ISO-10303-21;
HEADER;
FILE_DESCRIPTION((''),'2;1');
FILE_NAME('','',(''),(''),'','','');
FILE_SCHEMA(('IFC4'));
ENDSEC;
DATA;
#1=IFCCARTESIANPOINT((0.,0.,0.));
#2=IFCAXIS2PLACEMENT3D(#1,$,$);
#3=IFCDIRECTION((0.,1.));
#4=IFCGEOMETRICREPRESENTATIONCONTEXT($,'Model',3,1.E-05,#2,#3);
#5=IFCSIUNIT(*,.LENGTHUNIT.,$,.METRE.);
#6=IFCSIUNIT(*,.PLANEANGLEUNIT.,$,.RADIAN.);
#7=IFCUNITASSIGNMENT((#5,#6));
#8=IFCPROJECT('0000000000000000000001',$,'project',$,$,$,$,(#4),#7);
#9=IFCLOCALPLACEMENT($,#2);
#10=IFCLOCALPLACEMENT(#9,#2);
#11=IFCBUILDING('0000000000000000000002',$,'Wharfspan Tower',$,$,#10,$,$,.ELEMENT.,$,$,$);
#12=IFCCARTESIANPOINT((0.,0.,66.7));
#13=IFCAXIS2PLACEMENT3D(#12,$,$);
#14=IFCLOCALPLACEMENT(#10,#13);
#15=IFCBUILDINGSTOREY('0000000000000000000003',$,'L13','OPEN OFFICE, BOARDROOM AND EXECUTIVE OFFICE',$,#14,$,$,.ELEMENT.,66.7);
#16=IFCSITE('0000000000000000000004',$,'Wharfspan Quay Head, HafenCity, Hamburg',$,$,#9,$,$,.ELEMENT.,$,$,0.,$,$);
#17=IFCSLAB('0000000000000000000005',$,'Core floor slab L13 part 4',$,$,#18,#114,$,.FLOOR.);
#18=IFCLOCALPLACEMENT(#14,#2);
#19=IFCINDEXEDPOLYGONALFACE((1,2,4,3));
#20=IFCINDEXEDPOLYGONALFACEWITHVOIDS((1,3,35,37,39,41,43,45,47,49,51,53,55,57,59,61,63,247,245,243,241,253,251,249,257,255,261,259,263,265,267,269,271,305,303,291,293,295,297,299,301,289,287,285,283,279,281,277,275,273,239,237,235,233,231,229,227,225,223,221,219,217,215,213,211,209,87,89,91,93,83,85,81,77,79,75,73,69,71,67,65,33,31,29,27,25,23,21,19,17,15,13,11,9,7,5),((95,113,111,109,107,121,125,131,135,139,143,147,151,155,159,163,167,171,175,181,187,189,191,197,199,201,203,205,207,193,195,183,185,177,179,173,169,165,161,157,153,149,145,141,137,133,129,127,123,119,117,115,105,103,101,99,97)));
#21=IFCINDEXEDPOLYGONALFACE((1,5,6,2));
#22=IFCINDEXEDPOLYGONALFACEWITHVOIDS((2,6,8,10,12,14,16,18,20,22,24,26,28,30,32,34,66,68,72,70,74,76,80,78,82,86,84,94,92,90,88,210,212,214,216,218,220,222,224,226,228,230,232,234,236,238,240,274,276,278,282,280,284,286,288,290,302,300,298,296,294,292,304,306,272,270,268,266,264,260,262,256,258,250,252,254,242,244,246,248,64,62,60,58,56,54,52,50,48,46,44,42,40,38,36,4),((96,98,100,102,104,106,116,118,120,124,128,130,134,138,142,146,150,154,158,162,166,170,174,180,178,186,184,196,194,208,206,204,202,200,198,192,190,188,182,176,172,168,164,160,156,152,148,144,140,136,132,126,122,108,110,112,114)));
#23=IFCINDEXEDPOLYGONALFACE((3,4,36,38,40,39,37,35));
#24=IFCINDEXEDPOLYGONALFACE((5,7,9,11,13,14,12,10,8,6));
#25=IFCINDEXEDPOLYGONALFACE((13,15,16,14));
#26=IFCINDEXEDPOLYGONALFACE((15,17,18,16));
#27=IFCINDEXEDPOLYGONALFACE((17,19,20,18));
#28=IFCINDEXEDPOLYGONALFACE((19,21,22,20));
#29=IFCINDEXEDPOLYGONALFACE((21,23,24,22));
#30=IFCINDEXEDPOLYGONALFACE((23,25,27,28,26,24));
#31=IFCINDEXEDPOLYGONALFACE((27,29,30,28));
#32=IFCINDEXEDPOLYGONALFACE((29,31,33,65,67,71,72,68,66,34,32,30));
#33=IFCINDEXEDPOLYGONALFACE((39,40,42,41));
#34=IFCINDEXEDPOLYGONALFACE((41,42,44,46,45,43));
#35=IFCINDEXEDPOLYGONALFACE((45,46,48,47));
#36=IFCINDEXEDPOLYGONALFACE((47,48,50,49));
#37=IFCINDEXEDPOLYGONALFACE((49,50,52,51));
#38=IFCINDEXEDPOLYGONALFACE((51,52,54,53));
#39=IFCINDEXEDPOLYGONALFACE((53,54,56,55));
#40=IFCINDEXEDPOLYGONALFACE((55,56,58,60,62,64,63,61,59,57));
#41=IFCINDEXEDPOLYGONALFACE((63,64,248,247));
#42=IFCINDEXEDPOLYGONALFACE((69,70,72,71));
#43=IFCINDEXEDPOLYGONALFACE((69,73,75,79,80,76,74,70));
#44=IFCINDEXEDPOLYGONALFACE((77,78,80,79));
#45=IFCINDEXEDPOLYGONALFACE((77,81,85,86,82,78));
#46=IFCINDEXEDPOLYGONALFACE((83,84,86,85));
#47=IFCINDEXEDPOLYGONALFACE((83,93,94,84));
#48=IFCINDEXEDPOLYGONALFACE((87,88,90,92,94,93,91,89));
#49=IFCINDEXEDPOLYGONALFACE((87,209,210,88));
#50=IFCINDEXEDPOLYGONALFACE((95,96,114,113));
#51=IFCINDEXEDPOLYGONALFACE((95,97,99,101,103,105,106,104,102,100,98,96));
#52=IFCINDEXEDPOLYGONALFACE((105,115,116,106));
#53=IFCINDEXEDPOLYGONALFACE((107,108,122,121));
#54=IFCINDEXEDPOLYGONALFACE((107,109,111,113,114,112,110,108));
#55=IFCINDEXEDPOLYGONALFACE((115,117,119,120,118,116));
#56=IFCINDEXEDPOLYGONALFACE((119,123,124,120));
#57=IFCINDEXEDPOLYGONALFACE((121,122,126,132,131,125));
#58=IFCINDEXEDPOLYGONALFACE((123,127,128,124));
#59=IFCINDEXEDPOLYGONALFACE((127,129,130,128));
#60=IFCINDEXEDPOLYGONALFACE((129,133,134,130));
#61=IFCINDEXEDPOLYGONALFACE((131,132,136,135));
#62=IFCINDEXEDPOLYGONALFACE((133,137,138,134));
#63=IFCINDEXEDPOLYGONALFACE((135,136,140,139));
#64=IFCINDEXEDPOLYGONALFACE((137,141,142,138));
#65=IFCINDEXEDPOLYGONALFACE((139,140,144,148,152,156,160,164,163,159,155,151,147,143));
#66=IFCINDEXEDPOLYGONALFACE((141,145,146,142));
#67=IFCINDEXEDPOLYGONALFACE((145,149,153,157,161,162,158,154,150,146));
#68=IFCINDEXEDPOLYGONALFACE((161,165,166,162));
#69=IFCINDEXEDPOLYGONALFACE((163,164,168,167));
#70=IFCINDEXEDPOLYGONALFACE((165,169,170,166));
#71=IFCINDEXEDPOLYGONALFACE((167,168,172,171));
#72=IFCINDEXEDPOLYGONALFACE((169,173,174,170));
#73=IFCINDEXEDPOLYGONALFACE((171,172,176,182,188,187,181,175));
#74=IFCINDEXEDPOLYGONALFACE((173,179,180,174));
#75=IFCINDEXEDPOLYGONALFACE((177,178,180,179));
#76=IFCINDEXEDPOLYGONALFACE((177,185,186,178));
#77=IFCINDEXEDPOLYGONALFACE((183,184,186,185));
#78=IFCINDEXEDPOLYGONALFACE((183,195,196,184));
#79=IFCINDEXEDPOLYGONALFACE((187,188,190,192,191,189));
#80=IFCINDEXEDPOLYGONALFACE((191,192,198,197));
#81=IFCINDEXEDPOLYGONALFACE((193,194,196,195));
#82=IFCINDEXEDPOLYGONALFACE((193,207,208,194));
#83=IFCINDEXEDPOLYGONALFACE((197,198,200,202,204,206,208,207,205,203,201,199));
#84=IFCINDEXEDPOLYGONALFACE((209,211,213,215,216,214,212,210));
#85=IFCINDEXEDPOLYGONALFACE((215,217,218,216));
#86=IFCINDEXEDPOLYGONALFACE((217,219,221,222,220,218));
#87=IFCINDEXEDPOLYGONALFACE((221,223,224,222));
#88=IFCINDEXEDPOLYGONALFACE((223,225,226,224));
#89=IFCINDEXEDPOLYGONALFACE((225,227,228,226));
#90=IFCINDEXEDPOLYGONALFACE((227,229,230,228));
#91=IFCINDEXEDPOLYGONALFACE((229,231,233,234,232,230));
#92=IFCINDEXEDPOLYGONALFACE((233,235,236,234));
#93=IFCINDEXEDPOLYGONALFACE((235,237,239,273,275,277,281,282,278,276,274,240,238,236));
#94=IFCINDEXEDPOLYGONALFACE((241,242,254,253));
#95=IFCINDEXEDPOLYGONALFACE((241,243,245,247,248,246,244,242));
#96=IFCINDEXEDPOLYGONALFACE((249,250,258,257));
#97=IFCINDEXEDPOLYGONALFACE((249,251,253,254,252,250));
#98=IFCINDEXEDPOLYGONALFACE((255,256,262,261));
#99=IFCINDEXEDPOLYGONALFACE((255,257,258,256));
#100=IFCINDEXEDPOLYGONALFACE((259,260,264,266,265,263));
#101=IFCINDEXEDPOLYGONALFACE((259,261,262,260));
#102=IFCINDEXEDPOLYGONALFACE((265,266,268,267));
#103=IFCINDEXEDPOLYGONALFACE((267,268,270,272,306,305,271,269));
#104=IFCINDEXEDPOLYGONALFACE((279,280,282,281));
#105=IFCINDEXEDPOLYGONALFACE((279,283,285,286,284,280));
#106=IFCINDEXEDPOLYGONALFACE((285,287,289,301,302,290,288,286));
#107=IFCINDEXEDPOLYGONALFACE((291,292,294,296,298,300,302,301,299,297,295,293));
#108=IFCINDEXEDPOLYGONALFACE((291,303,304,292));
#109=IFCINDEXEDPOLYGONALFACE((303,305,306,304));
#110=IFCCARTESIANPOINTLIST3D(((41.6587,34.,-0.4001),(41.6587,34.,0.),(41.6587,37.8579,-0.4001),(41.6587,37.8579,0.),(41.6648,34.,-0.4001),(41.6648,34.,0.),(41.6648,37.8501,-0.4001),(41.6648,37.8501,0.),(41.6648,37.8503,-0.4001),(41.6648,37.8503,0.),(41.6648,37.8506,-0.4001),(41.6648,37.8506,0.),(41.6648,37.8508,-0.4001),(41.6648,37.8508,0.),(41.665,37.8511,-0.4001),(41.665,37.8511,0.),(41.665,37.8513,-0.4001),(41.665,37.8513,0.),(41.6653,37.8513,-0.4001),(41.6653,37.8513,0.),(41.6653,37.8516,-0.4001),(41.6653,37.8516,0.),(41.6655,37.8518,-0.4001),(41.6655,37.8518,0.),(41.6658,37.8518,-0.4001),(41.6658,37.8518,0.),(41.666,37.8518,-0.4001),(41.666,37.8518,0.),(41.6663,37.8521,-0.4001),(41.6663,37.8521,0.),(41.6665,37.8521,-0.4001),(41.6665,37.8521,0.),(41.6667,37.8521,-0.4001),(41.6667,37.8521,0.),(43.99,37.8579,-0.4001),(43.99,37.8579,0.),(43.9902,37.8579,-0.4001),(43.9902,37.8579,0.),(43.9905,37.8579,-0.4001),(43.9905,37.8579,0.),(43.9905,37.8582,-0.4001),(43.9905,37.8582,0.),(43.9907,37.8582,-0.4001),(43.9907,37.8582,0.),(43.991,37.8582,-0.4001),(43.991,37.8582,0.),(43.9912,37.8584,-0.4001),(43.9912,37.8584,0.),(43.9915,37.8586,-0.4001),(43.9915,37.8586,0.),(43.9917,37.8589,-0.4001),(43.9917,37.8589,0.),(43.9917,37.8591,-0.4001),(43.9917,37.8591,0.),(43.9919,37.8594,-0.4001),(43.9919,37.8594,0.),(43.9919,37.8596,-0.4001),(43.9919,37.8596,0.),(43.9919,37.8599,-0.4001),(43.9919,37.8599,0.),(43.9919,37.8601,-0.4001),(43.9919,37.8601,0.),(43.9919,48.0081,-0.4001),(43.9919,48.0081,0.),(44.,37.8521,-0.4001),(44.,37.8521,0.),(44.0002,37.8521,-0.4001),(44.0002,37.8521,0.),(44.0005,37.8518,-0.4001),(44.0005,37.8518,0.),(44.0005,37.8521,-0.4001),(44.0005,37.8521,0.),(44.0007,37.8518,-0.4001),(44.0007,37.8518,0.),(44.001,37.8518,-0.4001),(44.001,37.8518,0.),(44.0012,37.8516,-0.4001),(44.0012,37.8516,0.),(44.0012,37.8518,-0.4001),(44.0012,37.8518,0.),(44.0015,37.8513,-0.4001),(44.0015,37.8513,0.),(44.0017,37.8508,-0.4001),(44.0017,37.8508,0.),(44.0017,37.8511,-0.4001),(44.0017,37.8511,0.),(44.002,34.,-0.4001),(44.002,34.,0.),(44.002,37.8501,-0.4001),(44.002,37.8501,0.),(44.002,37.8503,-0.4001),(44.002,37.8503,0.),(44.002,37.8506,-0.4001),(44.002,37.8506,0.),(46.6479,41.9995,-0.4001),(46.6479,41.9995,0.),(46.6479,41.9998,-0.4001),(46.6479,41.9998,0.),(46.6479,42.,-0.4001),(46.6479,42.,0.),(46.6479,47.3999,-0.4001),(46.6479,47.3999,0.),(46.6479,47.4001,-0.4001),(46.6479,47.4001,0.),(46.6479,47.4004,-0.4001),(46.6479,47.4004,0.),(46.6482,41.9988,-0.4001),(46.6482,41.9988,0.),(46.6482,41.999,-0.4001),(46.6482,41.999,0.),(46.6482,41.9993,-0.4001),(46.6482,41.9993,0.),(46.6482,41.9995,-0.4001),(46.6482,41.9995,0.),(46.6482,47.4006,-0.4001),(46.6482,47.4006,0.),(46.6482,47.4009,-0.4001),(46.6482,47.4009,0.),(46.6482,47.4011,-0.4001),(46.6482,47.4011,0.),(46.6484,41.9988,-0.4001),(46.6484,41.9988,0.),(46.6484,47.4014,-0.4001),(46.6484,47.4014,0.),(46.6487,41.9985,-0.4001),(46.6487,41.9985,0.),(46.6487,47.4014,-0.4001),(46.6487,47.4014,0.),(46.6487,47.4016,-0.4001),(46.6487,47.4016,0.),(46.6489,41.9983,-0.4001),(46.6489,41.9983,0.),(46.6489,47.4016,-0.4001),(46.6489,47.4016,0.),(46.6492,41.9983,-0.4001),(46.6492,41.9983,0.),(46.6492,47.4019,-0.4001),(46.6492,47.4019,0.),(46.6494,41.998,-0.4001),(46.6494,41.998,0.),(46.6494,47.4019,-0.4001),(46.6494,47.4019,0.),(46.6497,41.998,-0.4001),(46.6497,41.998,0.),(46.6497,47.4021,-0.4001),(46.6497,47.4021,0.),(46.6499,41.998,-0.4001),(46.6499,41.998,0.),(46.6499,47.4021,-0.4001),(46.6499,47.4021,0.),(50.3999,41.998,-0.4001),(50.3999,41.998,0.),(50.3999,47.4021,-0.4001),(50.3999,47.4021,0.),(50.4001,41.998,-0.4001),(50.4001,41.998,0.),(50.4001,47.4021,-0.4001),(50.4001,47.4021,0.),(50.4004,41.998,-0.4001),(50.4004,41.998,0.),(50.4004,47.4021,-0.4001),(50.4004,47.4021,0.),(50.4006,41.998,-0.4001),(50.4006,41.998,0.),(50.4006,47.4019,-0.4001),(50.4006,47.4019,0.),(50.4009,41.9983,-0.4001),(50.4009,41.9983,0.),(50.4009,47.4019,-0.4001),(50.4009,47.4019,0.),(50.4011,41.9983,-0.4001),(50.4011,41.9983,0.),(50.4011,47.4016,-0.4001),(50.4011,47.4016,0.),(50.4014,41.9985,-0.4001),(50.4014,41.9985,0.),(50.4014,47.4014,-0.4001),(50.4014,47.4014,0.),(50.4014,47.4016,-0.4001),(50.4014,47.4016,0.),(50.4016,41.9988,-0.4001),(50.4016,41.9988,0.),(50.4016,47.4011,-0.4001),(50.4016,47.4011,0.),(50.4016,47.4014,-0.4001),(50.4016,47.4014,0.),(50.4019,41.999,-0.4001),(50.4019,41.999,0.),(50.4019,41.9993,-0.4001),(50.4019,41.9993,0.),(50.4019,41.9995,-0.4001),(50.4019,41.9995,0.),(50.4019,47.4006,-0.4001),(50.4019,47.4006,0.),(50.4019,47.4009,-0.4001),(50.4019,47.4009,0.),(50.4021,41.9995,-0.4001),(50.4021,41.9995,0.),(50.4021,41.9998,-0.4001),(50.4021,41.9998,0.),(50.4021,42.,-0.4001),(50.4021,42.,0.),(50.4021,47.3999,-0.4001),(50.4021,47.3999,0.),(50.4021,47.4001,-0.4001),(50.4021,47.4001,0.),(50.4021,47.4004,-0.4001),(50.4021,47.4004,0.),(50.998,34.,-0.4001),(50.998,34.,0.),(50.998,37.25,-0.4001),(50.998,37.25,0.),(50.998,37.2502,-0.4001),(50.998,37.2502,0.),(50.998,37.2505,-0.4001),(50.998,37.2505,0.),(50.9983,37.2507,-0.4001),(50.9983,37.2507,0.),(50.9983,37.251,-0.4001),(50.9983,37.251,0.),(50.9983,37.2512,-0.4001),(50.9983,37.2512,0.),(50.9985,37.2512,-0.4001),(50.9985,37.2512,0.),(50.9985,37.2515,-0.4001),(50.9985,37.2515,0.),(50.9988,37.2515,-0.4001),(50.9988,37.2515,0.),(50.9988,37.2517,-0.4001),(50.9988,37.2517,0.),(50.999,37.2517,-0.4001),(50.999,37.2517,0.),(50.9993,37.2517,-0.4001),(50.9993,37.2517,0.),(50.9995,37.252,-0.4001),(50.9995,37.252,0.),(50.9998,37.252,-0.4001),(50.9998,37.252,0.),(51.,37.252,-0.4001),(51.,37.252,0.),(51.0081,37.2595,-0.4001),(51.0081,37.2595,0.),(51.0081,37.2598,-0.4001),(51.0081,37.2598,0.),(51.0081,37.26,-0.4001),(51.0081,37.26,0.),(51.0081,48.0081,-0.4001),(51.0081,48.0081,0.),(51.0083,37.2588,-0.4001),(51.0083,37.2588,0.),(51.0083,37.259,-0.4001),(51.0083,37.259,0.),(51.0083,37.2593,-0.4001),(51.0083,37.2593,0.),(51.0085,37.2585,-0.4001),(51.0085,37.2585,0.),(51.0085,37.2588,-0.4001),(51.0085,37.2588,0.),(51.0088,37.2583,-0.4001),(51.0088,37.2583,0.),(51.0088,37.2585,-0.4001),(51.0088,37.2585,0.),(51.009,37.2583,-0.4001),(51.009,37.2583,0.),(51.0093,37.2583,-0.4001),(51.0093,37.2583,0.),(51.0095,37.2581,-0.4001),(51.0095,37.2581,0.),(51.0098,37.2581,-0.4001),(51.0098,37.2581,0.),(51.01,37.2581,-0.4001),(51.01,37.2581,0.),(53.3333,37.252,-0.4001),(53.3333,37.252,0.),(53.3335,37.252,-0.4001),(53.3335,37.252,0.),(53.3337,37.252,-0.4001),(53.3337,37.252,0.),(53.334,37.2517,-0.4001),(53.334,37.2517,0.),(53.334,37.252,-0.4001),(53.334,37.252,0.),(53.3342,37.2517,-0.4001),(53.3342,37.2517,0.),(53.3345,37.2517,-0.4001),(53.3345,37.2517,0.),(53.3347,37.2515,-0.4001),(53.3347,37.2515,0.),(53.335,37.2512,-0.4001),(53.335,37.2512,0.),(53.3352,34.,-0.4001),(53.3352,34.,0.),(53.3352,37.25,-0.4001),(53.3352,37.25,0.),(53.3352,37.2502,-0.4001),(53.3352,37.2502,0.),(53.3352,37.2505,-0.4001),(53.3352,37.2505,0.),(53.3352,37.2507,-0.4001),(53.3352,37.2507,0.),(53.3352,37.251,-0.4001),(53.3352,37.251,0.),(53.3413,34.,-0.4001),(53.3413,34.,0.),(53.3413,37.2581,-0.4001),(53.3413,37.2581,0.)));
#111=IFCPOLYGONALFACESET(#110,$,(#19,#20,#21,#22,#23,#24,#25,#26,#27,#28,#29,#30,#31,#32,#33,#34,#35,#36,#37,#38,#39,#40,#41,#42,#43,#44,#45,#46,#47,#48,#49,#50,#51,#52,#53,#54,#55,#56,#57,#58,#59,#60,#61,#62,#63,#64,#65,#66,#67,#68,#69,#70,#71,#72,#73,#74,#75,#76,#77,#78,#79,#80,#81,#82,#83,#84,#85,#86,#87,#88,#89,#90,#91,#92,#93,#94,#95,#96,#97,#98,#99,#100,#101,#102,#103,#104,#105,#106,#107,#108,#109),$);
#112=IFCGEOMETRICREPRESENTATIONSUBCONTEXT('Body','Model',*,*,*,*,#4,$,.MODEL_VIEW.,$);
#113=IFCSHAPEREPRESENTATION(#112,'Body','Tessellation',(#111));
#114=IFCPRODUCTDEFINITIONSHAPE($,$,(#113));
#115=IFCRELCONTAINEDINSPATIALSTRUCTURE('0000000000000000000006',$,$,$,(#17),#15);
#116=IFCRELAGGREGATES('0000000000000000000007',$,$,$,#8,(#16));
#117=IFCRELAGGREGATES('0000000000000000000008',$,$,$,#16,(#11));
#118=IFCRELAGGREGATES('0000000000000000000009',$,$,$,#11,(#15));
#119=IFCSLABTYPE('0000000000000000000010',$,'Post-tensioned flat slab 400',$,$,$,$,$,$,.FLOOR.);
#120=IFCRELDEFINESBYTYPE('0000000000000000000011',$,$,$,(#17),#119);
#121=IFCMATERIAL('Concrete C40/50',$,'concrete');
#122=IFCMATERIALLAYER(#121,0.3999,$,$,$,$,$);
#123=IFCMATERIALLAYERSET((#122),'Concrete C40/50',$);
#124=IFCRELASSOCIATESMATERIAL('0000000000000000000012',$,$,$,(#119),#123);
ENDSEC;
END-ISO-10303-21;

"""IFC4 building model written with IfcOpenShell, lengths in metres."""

from ifc_helpers import new_model, si_unit, direction, frame, origin, place, context, subcontext, project, spatial, polyline, outline, extrude, material, layer, layer_set, type_object, element, save


model = new_model("IFC4")

# Units and contexts
model_context = context("Model", 3, precision=1e-05, world=origin(), true_north=direction((0.0, 1.0)))
body_context = subcontext(model_context, "Body", "Model", "MODEL_VIEW")
ifc_project = project(units=[si_unit("LENGTHUNIT", "METRE"), si_unit("PLANEANGLEUNIT", "RADIAN")], contexts=[model_context])

# Site, building, storey
site_placement = place(None, origin())
site = spatial("IfcSite", under=ifc_project, at=site_placement, Name="Wharfspan Quay Head, HafenCity, Hamburg", CompositionType="ELEMENT", RefElevation=0.0)
building_placement = place(site_placement, origin())
building = spatial("IfcBuilding", under=site, at=building_placement, Name="Wharfspan Tower", CompositionType="ELEMENT")
storey_placement = place(building_placement, frame((0.0, 0.0, 66.7)))
storey = spatial("IfcBuildingStorey", under=building, at=storey_placement, Name="L13", Description="OPEN OFFICE, BOARDROOM AND EXECUTIVE OFFICE", CompositionType="ELEMENT", Elevation=66.7)

# Slab
ifc_material_1 = material(Name="Concrete C40/50", Category="concrete")
ifc_layer_1 = layer(ifc_material_1, 0.3999)
ifc_layer_set_1 = layer_set([ifc_layer_1], Name="Concrete C40/50")
slab_type_1 = type_object("IfcSlabType", Name="Post-tensioned flat slab 400", PredefinedType="FLOOR", material=ifc_layer_set_1)
slab_1_placement = place(storey_placement, frame((0.0, 0.0, -0.4001)))
element("IfcSlab", 1, at=slab_1_placement, inside=storey, type_object=slab_type_1, Name="Core floor slab L13 part 4", PredefinedType="FLOOR", context=body_context, shape_type="SweptSolid", body=[
    extrude(outline(polyline([(53.3413, 34.0), (53.3413, 37.2581), (51.01, 37.2581), (51.0098, 37.2581), (51.0095, 37.2581), (51.0095, 37.2581), (51.0093, 37.2583), (51.009, 37.2583), (51.0088, 37.2583), (51.0088, 37.2585), (51.0085, 37.2585), (51.0085, 37.2588), (51.0083, 37.2588), (51.0083, 37.259), (51.0083, 37.2593), (51.0081, 37.2595), (51.0081, 37.2595), (51.0081, 37.2598), (51.0081, 37.26), (51.0081, 48.0081), (43.9919, 48.0081), (43.9919, 37.8601), (43.9919, 37.8599), (43.9919, 37.8596), (43.9919, 37.8594), (43.9917, 37.8591), (43.9917, 37.8591), (43.9917, 37.8589), (43.9915, 37.8586), (43.9915, 37.8586), (43.9912, 37.8584), (43.9912, 37.8584), (43.991, 37.8582), (43.9907, 37.8582), (43.9905, 37.8582), (43.9905, 37.8579), (43.9902, 37.8579), (43.99, 37.8579), (41.6587, 37.8579), (41.6587, 34.0), (41.6648, 34.0), (41.6648, 37.8501), (41.6648, 37.8501), (41.6648, 37.8503), (41.6648, 37.8506), (41.6648, 37.8508), (41.6648, 37.8508), (41.665, 37.8511), (41.665, 37.8513), (41.6653, 37.8513), (41.6653, 37.8516), (41.6655, 37.8518), (41.6658, 37.8518), (41.666, 37.8518), (41.666, 37.8518), (41.6663, 37.8521), (41.6665, 37.8521), (41.6667, 37.8521), (44.0, 37.8521), (44.0002, 37.8521), (44.0005, 37.8521), (44.0005, 37.8518), (44.0007, 37.8518), (44.001, 37.8518), (44.0012, 37.8518), (44.0012, 37.8516), (44.0015, 37.8513), (44.0015, 37.8513), (44.0017, 37.8511), (44.0017, 37.8508), (44.0017, 37.8508), (44.002, 37.8506), (44.002, 37.8503), (44.002, 37.8501), (44.002, 37.8501), (44.002, 34.0), (50.998, 34.0), (50.998, 37.25), (50.998, 37.2502), (50.998, 37.2505), (50.998, 37.2505), (50.9983, 37.2507), (50.9983, 37.251), (50.9983, 37.2512), (50.9985, 37.2512), (50.9985, 37.2515), (50.9988, 37.2515), (50.9988, 37.2517), (50.999, 37.2517), (50.9993, 37.2517), (50.9995, 37.252), (50.9995, 37.252), (50.9998, 37.252), (51.0, 37.252), (53.3333, 37.252), (53.3335, 37.252), (53.3337, 37.252), (53.334, 37.252), (53.334, 37.2517), (53.3342, 37.2517), (53.3345, 37.2517), (53.3347, 37.2515), (53.3347, 37.2515), (53.335, 37.2512), (53.335, 37.2512), (53.3352, 37.251), (53.3352, 37.2507), (53.3352, 37.2505), (53.3352, 37.2505), (53.3352, 37.2502), (53.3352, 37.25), (53.3352, 34.0), (53.3413, 34.0)]), holes=[polyline([(46.6499, 41.998), (46.6499, 41.998), (46.6497, 41.998), (46.6494, 41.998), (46.6492, 41.9983), (46.6492, 41.9983), (46.6489, 41.9983), (46.6487, 41.9985), (46.6487, 41.9985), (46.6484, 41.9988), (46.6482, 41.9988), (46.6482, 41.999), (46.6482, 41.9993), (46.6482, 41.9995), (46.6479, 41.9995), (46.6479, 41.9998), (46.6479, 42.0), (46.6479, 47.3999), (46.6479, 47.4001), (46.6479, 47.4004), (46.6482, 47.4006), (46.6482, 47.4009), (46.6482, 47.4009), (46.6482, 47.4011), (46.6484, 47.4014), (46.6487, 47.4014), (46.6487, 47.4016), (46.6489, 47.4016), (46.6492, 47.4019), (46.6492, 47.4019), (46.6494, 47.4019), (46.6497, 47.4021), (46.6499, 47.4021), (46.6499, 47.4021), (50.3999, 47.4021), (50.4001, 47.4021), (50.4004, 47.4021), (50.4006, 47.4019), (50.4009, 47.4019), (50.4009, 47.4019), (50.4011, 47.4016), (50.4014, 47.4016), (50.4014, 47.4014), (50.4016, 47.4014), (50.4016, 47.4011), (50.4019, 47.4009), (50.4019, 47.4009), (50.4019, 47.4006), (50.4021, 47.4004), (50.4021, 47.4001), (50.4021, 47.3999), (50.4021, 42.0), (50.4021, 41.9998), (50.4021, 41.9995), (50.4019, 41.9995), (50.4019, 41.9993), (50.4019, 41.999), (50.4016, 41.9988), (50.4016, 41.9988), (50.4014, 41.9985), (50.4014, 41.9985), (50.4011, 41.9983), (50.4009, 41.9983), (50.4009, 41.9983), (50.4006, 41.998), (50.4004, 41.998), (50.4001, 41.998), (50.3999, 41.998), (46.6499, 41.998)])]), origin(), (0.0, 0.0, 1.0), 0.4001),
])

save(model, "model.ifc")
